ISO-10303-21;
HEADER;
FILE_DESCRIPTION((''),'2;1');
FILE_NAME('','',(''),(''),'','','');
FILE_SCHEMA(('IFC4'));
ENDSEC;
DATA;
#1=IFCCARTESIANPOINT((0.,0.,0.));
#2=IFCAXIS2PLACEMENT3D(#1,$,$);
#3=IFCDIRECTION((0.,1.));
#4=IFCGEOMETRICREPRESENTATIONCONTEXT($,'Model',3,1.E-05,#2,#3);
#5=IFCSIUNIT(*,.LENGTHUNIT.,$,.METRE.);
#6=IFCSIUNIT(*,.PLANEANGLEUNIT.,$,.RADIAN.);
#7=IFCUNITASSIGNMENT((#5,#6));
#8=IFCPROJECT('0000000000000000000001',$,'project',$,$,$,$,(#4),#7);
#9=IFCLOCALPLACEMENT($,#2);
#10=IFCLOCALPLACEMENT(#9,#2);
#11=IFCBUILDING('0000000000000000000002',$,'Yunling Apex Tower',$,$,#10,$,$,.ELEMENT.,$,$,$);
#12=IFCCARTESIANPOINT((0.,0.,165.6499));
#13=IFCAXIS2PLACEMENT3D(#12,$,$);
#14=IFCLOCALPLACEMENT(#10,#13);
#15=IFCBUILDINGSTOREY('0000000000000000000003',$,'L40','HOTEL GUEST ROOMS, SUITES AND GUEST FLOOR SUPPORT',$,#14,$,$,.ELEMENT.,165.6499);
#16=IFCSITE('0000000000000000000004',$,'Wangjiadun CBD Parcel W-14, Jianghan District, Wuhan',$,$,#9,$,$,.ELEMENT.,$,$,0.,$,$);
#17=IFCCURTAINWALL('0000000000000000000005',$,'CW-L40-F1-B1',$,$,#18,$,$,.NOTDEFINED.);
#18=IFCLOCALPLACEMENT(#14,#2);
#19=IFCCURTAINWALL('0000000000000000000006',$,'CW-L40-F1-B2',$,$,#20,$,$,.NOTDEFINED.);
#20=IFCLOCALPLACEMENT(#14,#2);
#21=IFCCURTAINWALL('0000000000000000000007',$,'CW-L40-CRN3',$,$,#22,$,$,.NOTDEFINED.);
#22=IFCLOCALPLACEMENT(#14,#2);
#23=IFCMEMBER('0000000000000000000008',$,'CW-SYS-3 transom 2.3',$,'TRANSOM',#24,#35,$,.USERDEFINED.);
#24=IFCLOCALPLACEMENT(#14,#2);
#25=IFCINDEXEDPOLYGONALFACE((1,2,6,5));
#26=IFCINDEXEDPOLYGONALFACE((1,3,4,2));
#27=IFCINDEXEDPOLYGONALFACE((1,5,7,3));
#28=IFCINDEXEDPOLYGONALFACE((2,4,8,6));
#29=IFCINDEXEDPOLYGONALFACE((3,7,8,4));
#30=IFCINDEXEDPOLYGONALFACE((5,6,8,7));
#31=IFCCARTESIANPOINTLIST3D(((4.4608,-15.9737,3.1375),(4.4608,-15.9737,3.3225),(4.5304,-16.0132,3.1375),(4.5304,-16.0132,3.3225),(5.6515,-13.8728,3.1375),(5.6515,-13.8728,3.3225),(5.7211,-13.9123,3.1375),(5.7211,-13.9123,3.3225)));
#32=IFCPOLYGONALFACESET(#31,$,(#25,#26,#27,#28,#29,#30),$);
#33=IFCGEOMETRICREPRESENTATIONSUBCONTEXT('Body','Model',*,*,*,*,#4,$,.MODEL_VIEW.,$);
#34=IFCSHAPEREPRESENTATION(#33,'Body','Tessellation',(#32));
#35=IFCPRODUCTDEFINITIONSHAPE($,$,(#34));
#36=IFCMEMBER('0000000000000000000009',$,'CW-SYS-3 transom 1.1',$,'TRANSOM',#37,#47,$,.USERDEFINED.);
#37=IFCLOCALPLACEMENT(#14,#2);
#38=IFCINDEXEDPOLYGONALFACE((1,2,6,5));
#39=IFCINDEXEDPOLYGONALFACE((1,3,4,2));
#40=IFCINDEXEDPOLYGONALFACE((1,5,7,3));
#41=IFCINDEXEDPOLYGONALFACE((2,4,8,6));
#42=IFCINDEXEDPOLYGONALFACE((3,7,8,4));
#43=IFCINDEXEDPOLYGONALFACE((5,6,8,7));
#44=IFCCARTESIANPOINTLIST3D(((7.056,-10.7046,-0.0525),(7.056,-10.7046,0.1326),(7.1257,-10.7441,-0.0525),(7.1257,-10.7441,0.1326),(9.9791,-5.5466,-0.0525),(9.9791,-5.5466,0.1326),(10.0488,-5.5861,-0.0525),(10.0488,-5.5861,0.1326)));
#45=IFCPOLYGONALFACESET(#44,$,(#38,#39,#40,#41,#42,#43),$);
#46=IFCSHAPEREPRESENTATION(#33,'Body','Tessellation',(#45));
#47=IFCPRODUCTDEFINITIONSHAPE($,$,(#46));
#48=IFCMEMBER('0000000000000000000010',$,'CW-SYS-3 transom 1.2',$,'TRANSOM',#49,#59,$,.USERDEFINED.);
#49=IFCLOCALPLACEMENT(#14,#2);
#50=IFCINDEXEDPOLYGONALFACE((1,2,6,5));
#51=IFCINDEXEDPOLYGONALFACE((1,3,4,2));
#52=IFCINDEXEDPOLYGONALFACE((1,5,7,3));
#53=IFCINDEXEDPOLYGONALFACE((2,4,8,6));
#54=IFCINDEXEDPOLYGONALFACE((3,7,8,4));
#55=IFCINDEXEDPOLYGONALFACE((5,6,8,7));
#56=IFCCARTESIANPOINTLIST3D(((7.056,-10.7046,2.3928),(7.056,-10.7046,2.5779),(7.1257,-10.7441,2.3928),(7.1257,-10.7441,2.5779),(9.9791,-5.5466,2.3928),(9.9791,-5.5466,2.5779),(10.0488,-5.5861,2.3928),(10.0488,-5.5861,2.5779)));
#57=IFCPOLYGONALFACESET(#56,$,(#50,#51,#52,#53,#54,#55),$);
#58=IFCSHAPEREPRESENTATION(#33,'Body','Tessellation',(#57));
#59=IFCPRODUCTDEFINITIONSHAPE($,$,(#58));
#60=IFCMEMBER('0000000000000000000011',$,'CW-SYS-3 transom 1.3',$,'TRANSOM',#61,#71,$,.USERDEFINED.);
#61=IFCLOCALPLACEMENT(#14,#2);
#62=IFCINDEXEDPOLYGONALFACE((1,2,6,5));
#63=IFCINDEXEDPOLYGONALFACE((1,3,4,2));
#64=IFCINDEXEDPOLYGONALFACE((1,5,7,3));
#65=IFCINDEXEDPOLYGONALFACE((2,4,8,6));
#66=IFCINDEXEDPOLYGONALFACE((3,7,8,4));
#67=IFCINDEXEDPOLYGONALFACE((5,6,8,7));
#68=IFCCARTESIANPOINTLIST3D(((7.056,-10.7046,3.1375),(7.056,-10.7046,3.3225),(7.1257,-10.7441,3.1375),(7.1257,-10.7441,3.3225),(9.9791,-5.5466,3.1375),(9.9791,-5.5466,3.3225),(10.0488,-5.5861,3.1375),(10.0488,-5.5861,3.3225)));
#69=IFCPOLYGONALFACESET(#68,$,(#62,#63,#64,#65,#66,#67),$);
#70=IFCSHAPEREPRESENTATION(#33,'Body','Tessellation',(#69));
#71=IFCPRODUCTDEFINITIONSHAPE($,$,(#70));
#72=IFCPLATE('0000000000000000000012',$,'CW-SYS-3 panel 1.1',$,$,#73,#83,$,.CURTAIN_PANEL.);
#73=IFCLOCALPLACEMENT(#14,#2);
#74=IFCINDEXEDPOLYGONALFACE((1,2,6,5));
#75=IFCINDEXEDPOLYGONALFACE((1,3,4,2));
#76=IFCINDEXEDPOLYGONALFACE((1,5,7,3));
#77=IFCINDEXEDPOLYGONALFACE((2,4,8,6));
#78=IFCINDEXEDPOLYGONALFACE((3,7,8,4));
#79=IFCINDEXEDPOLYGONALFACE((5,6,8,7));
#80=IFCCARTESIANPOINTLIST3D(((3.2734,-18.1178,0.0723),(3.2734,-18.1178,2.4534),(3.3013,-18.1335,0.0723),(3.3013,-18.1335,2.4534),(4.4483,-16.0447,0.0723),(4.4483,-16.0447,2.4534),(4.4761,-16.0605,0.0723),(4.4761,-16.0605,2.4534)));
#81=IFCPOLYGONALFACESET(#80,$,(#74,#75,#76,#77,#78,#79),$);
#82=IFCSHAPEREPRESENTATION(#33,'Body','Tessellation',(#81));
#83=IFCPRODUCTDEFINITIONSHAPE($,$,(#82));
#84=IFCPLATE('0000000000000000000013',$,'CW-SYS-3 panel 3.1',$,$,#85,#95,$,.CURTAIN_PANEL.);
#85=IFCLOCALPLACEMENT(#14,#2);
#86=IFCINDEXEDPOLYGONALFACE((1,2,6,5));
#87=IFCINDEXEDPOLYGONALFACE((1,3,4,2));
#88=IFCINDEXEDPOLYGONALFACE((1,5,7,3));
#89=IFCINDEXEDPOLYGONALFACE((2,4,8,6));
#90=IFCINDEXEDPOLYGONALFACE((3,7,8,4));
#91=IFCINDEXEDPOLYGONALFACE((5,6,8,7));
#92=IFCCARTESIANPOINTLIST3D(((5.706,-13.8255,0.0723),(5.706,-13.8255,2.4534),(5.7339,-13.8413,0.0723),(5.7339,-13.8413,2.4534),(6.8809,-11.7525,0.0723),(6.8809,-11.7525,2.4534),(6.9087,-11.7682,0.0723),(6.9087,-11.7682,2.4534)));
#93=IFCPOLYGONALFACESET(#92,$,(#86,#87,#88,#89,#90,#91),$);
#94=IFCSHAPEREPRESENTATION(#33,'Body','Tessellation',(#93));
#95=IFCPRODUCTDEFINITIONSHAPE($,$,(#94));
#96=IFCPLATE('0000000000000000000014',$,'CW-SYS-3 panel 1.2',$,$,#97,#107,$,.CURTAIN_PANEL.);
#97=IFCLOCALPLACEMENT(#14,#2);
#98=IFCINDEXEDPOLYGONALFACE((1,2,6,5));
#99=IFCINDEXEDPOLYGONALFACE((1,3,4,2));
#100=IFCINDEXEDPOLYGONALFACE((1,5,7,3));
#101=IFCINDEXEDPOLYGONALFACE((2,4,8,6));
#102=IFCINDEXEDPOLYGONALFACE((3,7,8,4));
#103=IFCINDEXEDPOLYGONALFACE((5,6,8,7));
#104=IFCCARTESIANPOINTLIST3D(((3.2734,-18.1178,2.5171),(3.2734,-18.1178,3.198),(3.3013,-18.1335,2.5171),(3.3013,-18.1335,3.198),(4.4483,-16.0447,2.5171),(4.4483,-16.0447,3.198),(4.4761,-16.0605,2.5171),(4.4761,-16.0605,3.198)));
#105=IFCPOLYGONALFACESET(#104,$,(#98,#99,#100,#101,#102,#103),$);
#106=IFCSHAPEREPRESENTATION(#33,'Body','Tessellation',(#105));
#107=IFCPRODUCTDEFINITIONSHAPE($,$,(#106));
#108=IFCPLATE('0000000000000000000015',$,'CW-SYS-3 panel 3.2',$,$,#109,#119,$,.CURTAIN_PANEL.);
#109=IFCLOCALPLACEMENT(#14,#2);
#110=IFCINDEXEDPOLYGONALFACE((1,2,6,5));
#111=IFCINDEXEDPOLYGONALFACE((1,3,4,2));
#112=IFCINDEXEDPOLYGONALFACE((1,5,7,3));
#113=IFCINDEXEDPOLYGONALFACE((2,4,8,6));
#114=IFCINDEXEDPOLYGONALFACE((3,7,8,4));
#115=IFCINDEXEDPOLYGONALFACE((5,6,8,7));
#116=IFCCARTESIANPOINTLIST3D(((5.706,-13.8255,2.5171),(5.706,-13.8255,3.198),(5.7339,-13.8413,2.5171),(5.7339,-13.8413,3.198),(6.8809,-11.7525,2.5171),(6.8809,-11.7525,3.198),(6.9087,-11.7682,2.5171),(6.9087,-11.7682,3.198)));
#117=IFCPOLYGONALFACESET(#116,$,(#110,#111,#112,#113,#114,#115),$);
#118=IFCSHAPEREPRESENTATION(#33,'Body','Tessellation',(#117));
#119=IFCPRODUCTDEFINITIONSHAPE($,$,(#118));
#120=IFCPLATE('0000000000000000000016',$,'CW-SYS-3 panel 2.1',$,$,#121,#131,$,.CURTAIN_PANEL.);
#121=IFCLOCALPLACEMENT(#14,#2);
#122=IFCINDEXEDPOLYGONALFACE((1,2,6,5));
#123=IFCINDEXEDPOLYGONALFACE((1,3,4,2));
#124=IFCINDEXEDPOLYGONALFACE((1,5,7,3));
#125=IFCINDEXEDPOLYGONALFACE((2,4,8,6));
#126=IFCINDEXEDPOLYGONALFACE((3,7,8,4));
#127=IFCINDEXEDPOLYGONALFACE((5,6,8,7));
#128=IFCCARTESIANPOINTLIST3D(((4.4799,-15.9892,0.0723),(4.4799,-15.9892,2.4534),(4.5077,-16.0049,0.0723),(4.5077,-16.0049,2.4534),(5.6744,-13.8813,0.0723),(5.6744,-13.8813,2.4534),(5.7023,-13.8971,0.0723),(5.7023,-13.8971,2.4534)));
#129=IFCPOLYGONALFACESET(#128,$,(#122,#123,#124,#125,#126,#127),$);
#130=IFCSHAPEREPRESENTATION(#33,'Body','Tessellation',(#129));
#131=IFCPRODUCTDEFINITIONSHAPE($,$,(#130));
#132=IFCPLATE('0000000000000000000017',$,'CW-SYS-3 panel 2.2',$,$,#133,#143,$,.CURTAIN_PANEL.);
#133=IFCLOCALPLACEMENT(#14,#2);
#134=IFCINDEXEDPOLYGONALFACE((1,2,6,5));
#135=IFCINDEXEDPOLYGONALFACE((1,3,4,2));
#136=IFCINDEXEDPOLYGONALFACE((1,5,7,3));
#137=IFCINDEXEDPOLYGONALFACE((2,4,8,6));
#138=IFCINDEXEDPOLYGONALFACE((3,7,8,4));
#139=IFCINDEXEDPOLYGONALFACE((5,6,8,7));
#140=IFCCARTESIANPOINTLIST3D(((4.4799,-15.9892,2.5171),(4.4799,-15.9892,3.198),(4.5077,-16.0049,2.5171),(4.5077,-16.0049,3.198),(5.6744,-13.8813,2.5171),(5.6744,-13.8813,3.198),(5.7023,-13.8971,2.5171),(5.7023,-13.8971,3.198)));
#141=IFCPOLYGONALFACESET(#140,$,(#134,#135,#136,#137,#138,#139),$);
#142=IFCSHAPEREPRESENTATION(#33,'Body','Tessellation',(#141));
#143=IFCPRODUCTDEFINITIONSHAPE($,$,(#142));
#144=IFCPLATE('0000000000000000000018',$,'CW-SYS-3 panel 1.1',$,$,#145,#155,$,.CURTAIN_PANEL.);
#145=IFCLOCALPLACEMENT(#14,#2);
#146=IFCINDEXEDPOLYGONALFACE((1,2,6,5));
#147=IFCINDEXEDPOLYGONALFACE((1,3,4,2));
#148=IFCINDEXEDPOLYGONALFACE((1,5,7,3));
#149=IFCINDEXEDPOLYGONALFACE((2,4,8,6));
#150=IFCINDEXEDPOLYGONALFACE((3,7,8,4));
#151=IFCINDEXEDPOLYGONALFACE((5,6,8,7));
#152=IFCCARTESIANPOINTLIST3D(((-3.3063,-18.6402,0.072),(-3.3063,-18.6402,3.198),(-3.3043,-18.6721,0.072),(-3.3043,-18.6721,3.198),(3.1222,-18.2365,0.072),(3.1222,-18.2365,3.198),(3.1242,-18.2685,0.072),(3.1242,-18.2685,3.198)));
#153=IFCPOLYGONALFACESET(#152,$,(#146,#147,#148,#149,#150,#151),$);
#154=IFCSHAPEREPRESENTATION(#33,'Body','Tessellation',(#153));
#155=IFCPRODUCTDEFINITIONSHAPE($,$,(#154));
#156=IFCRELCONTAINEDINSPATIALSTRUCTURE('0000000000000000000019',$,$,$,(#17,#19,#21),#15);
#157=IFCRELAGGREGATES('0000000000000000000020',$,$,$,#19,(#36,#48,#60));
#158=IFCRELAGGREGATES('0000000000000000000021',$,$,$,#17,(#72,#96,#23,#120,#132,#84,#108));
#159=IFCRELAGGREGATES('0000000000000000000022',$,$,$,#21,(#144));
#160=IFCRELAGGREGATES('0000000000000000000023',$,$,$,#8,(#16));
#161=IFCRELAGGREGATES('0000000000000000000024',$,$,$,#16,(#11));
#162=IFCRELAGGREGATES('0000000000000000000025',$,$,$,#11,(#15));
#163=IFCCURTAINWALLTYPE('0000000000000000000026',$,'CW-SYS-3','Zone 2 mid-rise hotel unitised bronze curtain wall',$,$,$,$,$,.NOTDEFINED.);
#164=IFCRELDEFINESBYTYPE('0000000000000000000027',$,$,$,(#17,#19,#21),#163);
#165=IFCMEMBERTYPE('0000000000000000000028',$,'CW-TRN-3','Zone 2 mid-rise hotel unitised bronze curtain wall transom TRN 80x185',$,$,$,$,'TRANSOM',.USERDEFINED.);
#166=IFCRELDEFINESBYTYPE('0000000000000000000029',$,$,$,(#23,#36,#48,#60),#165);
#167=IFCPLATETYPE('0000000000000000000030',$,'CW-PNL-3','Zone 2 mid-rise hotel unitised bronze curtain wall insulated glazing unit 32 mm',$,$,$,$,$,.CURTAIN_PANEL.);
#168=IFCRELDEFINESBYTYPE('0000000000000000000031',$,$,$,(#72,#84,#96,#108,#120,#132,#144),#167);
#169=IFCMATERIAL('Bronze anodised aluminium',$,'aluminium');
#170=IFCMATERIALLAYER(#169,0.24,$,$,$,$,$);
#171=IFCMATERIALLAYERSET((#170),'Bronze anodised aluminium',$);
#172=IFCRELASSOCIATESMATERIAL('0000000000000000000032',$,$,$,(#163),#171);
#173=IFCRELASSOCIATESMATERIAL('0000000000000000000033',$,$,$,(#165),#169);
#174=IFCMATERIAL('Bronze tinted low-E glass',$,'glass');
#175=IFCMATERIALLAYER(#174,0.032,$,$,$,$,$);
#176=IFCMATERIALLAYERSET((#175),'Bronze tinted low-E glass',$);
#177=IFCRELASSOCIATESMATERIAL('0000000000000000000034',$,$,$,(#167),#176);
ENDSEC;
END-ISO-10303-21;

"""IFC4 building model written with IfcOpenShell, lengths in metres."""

from ifc_helpers import new_model, si_unit, direction, frame, origin, origin_2d, place, context, subcontext, project, spatial, rectangle, extrude, source, transform, mapped, material, layer, layer_set, material_profile, profile_set, type_object, element, aggregate, save


model = new_model("IFC4")

# Units and contexts
model_context = context("Model", 3, precision=1e-05, world=origin(), true_north=direction((0.0, 1.0)))
body_context = subcontext(model_context, "Body", "Model", "MODEL_VIEW")
ifc_project = project(units=[si_unit("LENGTHUNIT", "METRE"), si_unit("PLANEANGLEUNIT", "RADIAN")], contexts=[model_context])

# Site, building, storey
site_placement = place(None, origin())
site = spatial("IfcSite", under=ifc_project, at=site_placement, Name="Wangjiadun CBD Parcel W-14, Jianghan District, Wuhan", CompositionType="ELEMENT", RefElevation=0.0)
building_placement = place(site_placement, origin())
building = spatial("IfcBuilding", under=site, at=building_placement, Name="Yunling Apex Tower", CompositionType="ELEMENT")
storey_placement = place(building_placement, frame((0.0, 0.0, 165.6499)))
storey = spatial("IfcBuildingStorey", under=building, at=storey_placement, Name="L40", Description="HOTEL GUEST ROOMS, SUITES AND GUEST FLOOR SUPPORT", CompositionType="ELEMENT", Elevation=165.6499)

# Curtain wall
ifc_material_1 = material(Name="Bronze anodised aluminium", Category="aluminium")
ifc_layer_1 = layer(ifc_material_1, 0.24)
ifc_layer_set_1 = layer_set([ifc_layer_1], Name="Bronze anodised aluminium")
curtain_wall_type = type_object("IfcCurtainWallType", Name="CW-SYS-3", Description="Zone 2 mid-rise hotel unitised bronze curtain wall", PredefinedType="NOTDEFINED", material=ifc_layer_set_1)
curtain_wall_1_placement = place(storey_placement, origin())
curtain_wall_1 = element("IfcCurtainWall", 1, at=curtain_wall_1_placement, inside=storey, type_object=curtain_wall_type, Name="CW-L40-F1-B1", PredefinedType="NOTDEFINED")

# Curtain walls
curtain_wall_2_placement = place(storey_placement, origin())
curtain_wall_2 = element("IfcCurtainWall", 2, at=curtain_wall_2_placement, inside=storey, type_object=curtain_wall_type, Name="CW-L40-F1-B2", PredefinedType="NOTDEFINED")
curtain_wall_3_placement = place(storey_placement, origin())
curtain_wall_3 = element("IfcCurtainWall", 3, at=curtain_wall_3_placement, inside=storey, type_object=curtain_wall_type, Name="CW-L40-CRN3", PredefinedType="NOTDEFINED")

# Members
ifc_material_profile_1 = material_profile(ifc_material_1, rectangle(XDim=0.0801, YDim=0.1851, at=origin_2d()))
ifc_profile_set_1 = profile_set([ifc_material_profile_1], Name="Bronze anodised aluminium")
member_type_1 = type_object("IfcMemberType", Name="CW-TRN-3", Description="Zone 2 mid-rise hotel unitised bronze curtain wall transom TRN 80x185", ElementType="TRANSOM", PredefinedType="USERDEFINED", material=ifc_profile_set_1)
shared_shape_1 = source(origin(), body_context, "Body", "SweptSolid", [
    extrude(rectangle(XDim=0.0801, YDim=0.1851, at=origin_2d()), origin(), (0.0, 0.0, 1.0), 2.4148),
])
member_1_placement = place(storey_placement, frame((4.4956, -15.9934, 3.23), z_axis=(0.493076, 0.869986, 0.0), x_axis=(-0.869986, 0.493076, 0.0)))
member_1 = element("IfcMember", 4, at=member_1_placement, type_object=member_type_1, Name="CW-SYS-3 transom 2.3", ObjectType="TRANSOM", PredefinedType="USERDEFINED", context=body_context, shape_type="MappedRepresentation", body=[
    mapped(shared_shape_1, transform((0.0, 0.0, 0.0), scale=1.0)),
])
shared_shape_2 = source(origin(), body_context, "Body", "SweptSolid", [
    extrude(rectangle(XDim=0.0801, YDim=0.1851, at=origin_2d()), origin(), (0.0, 0.0, 1.0), 5.9287),
])
member_2_placement = place(storey_placement, frame((7.0908, -10.7244, 0.04), z_axis=(0.493045, 0.870004, 0.0), x_axis=(-0.870004, 0.493045, 0.0)))
member_2 = element("IfcMember", 5, at=member_2_placement, type_object=member_type_1, Name="CW-SYS-3 transom 1.1", ObjectType="TRANSOM", PredefinedType="USERDEFINED", context=body_context, shape_type="MappedRepresentation", body=[
    mapped(shared_shape_2, transform((0.0, 0.0, 0.0), scale=1.0)),
])
member_3_placement = place(storey_placement, frame((7.0908, -10.7244, 2.4854), z_axis=(0.493045, 0.870004, 0.0), x_axis=(-0.870004, 0.493045, 0.0)))
member_3 = element("IfcMember", 6, at=member_3_placement, type_object=member_type_1, Name="CW-SYS-3 transom 1.2", ObjectType="TRANSOM", PredefinedType="USERDEFINED", context=body_context, shape_type="MappedRepresentation", body=[
    mapped(shared_shape_2, transform((0.0, 0.0, 0.0), scale=1.0)),
])
member_4_placement = place(storey_placement, frame((7.0908, -10.7244, 3.23), z_axis=(0.493045, 0.870004, 0.0), x_axis=(-0.870004, 0.493045, 0.0)))
member_4 = element("IfcMember", 7, at=member_4_placement, type_object=member_type_1, Name="CW-SYS-3 transom 1.3", ObjectType="TRANSOM", PredefinedType="USERDEFINED", context=body_context, shape_type="MappedRepresentation", body=[
    mapped(shared_shape_2, transform((0.0, 0.0, 0.0), scale=1.0)),
])
aggregate(curtain_wall_2, [member_2, member_3, member_4])

# Plates
ifc_material_2 = material(Name="Bronze tinted low-E glass", Category="glass")
ifc_layer_2 = layer(ifc_material_2, 0.032)
ifc_layer_set_2 = layer_set([ifc_layer_2], Name="Bronze tinted low-E glass")
plate_type = type_object("IfcPlateType", Name="CW-PNL-3", Description="Zone 2 mid-rise hotel unitised bronze curtain wall insulated glazing unit 32 mm", PredefinedType="CURTAIN_PANEL", material=ifc_layer_set_2)
shared_shape_3 = source(origin(), body_context, "Body", "SweptSolid", [
    extrude(rectangle(XDim=2.3828, YDim=0.032, at=origin_2d()), origin(), (0.0, 0.0, 1.0), 2.3811),
])
plate_1_placement = place(storey_placement, frame((3.8748, -17.0891, 0.0723), z_axis=(0.0, 0.0, 1.0), x_axis=(0.493041, 0.870006, 0.0)))
plate_1 = element("IfcPlate", 8, at=plate_1_placement, type_object=plate_type, Name="CW-SYS-3 panel 1.1", PredefinedType="CURTAIN_PANEL", context=body_context, shape_type="MappedRepresentation", body=[
    mapped(shared_shape_3, transform((0.0, 0.0, 0.0), scale=1.0)),
])
plate_2_placement = place(storey_placement, frame((6.3074, -12.7969, 0.0723), z_axis=(0.0, 0.0, 1.0), x_axis=(0.493041, 0.870006, 0.0)))
plate_2 = element("IfcPlate", 9, at=plate_2_placement, type_object=plate_type, Name="CW-SYS-3 panel 3.1", PredefinedType="CURTAIN_PANEL", context=body_context, shape_type="MappedRepresentation", body=[
    mapped(shared_shape_3, transform((0.0, 0.0, 0.0), scale=1.0)),
])
shared_shape_4 = source(origin(), body_context, "Body", "SweptSolid", [
    extrude(rectangle(XDim=2.3828, YDim=0.032, at=origin_2d()), origin(), (0.0, 0.0, 1.0), 0.6809),
])
plate_3_placement = place(storey_placement, frame((3.8748, -17.0891, 2.5171), z_axis=(0.0, 0.0, 1.0), x_axis=(0.493041, 0.870006, 0.0)))
plate_3 = element("IfcPlate", 10, at=plate_3_placement, type_object=plate_type, Name="CW-SYS-3 panel 1.2", PredefinedType="CURTAIN_PANEL", context=body_context, shape_type="MappedRepresentation", body=[
    mapped(shared_shape_4, transform((0.0, 0.0, 0.0), scale=1.0)),
])
plate_4_placement = place(storey_placement, frame((6.3074, -12.7969, 2.5171), z_axis=(0.0, 0.0, 1.0), x_axis=(0.493041, 0.870006, 0.0)))
plate_4 = element("IfcPlate", 11, at=plate_4_placement, type_object=plate_type, Name="CW-SYS-3 panel 3.2", PredefinedType="CURTAIN_PANEL", context=body_context, shape_type="MappedRepresentation", body=[
    mapped(shared_shape_4, transform((0.0, 0.0, 0.0), scale=1.0)),
])
shared_shape_5 = source(origin(), body_context, "Body", "SweptSolid", [
    extrude(rectangle(XDim=2.4229, YDim=0.032, at=origin_2d()), origin(), (0.0, 0.0, 1.0), 2.3811),
])
plate_5_placement = place(storey_placement, frame((5.0911, -14.9431, 0.0723), z_axis=(0.0, 0.0, 1.0), x_axis=(0.493041, 0.870006, 0.0)))
plate_5 = element("IfcPlate", 12, at=plate_5_placement, type_object=plate_type, Name="CW-SYS-3 panel 2.1", PredefinedType="CURTAIN_PANEL", context=body_context, shape_type="MappedRepresentation", body=[
    mapped(shared_shape_5, transform((0.0, 0.0, 0.0), scale=1.0)),
])
shared_shape_6 = source(origin(), body_context, "Body", "SweptSolid", [
    extrude(rectangle(XDim=2.4229, YDim=0.032, at=origin_2d()), origin(), (0.0, 0.0, 1.0), 0.6809),
])
plate_6_placement = place(storey_placement, frame((5.0911, -14.9431, 2.5171), z_axis=(0.0, 0.0, 1.0), x_axis=(0.493041, 0.870006, 0.0)))
plate_6 = element("IfcPlate", 13, at=plate_6_placement, type_object=plate_type, Name="CW-SYS-3 panel 2.2", PredefinedType="CURTAIN_PANEL", context=body_context, shape_type="MappedRepresentation", body=[
    mapped(shared_shape_6, transform((0.0, 0.0, 0.0), scale=1.0)),
])
aggregate(curtain_wall_1, [plate_1, plate_3, member_1, plate_5, plate_6, plate_2, plate_4])
shared_shape_7 = source(origin(), body_context, "Body", "SweptSolid", [
    extrude(rectangle(XDim=6.4412, YDim=0.032, at=origin_2d()), origin(), (0.0, 0.0, 1.0), 3.126),
])
plate_7_placement = place(storey_placement, frame((-0.0911, -18.4543, 0.072), z_axis=(0.0, 0.0, 1.0), x_axis=(0.998034, 0.062672, 0.0)))
plate_7 = element("IfcPlate", 14, at=plate_7_placement, type_object=plate_type, Name="CW-SYS-3 panel 1.1", PredefinedType="CURTAIN_PANEL", context=body_context, shape_type="MappedRepresentation", body=[
    mapped(shared_shape_7, transform((0.0, 0.0, 0.0), scale=1.0)),
])
aggregate(curtain_wall_3, [plate_7])

save(model, "model.ifc")
